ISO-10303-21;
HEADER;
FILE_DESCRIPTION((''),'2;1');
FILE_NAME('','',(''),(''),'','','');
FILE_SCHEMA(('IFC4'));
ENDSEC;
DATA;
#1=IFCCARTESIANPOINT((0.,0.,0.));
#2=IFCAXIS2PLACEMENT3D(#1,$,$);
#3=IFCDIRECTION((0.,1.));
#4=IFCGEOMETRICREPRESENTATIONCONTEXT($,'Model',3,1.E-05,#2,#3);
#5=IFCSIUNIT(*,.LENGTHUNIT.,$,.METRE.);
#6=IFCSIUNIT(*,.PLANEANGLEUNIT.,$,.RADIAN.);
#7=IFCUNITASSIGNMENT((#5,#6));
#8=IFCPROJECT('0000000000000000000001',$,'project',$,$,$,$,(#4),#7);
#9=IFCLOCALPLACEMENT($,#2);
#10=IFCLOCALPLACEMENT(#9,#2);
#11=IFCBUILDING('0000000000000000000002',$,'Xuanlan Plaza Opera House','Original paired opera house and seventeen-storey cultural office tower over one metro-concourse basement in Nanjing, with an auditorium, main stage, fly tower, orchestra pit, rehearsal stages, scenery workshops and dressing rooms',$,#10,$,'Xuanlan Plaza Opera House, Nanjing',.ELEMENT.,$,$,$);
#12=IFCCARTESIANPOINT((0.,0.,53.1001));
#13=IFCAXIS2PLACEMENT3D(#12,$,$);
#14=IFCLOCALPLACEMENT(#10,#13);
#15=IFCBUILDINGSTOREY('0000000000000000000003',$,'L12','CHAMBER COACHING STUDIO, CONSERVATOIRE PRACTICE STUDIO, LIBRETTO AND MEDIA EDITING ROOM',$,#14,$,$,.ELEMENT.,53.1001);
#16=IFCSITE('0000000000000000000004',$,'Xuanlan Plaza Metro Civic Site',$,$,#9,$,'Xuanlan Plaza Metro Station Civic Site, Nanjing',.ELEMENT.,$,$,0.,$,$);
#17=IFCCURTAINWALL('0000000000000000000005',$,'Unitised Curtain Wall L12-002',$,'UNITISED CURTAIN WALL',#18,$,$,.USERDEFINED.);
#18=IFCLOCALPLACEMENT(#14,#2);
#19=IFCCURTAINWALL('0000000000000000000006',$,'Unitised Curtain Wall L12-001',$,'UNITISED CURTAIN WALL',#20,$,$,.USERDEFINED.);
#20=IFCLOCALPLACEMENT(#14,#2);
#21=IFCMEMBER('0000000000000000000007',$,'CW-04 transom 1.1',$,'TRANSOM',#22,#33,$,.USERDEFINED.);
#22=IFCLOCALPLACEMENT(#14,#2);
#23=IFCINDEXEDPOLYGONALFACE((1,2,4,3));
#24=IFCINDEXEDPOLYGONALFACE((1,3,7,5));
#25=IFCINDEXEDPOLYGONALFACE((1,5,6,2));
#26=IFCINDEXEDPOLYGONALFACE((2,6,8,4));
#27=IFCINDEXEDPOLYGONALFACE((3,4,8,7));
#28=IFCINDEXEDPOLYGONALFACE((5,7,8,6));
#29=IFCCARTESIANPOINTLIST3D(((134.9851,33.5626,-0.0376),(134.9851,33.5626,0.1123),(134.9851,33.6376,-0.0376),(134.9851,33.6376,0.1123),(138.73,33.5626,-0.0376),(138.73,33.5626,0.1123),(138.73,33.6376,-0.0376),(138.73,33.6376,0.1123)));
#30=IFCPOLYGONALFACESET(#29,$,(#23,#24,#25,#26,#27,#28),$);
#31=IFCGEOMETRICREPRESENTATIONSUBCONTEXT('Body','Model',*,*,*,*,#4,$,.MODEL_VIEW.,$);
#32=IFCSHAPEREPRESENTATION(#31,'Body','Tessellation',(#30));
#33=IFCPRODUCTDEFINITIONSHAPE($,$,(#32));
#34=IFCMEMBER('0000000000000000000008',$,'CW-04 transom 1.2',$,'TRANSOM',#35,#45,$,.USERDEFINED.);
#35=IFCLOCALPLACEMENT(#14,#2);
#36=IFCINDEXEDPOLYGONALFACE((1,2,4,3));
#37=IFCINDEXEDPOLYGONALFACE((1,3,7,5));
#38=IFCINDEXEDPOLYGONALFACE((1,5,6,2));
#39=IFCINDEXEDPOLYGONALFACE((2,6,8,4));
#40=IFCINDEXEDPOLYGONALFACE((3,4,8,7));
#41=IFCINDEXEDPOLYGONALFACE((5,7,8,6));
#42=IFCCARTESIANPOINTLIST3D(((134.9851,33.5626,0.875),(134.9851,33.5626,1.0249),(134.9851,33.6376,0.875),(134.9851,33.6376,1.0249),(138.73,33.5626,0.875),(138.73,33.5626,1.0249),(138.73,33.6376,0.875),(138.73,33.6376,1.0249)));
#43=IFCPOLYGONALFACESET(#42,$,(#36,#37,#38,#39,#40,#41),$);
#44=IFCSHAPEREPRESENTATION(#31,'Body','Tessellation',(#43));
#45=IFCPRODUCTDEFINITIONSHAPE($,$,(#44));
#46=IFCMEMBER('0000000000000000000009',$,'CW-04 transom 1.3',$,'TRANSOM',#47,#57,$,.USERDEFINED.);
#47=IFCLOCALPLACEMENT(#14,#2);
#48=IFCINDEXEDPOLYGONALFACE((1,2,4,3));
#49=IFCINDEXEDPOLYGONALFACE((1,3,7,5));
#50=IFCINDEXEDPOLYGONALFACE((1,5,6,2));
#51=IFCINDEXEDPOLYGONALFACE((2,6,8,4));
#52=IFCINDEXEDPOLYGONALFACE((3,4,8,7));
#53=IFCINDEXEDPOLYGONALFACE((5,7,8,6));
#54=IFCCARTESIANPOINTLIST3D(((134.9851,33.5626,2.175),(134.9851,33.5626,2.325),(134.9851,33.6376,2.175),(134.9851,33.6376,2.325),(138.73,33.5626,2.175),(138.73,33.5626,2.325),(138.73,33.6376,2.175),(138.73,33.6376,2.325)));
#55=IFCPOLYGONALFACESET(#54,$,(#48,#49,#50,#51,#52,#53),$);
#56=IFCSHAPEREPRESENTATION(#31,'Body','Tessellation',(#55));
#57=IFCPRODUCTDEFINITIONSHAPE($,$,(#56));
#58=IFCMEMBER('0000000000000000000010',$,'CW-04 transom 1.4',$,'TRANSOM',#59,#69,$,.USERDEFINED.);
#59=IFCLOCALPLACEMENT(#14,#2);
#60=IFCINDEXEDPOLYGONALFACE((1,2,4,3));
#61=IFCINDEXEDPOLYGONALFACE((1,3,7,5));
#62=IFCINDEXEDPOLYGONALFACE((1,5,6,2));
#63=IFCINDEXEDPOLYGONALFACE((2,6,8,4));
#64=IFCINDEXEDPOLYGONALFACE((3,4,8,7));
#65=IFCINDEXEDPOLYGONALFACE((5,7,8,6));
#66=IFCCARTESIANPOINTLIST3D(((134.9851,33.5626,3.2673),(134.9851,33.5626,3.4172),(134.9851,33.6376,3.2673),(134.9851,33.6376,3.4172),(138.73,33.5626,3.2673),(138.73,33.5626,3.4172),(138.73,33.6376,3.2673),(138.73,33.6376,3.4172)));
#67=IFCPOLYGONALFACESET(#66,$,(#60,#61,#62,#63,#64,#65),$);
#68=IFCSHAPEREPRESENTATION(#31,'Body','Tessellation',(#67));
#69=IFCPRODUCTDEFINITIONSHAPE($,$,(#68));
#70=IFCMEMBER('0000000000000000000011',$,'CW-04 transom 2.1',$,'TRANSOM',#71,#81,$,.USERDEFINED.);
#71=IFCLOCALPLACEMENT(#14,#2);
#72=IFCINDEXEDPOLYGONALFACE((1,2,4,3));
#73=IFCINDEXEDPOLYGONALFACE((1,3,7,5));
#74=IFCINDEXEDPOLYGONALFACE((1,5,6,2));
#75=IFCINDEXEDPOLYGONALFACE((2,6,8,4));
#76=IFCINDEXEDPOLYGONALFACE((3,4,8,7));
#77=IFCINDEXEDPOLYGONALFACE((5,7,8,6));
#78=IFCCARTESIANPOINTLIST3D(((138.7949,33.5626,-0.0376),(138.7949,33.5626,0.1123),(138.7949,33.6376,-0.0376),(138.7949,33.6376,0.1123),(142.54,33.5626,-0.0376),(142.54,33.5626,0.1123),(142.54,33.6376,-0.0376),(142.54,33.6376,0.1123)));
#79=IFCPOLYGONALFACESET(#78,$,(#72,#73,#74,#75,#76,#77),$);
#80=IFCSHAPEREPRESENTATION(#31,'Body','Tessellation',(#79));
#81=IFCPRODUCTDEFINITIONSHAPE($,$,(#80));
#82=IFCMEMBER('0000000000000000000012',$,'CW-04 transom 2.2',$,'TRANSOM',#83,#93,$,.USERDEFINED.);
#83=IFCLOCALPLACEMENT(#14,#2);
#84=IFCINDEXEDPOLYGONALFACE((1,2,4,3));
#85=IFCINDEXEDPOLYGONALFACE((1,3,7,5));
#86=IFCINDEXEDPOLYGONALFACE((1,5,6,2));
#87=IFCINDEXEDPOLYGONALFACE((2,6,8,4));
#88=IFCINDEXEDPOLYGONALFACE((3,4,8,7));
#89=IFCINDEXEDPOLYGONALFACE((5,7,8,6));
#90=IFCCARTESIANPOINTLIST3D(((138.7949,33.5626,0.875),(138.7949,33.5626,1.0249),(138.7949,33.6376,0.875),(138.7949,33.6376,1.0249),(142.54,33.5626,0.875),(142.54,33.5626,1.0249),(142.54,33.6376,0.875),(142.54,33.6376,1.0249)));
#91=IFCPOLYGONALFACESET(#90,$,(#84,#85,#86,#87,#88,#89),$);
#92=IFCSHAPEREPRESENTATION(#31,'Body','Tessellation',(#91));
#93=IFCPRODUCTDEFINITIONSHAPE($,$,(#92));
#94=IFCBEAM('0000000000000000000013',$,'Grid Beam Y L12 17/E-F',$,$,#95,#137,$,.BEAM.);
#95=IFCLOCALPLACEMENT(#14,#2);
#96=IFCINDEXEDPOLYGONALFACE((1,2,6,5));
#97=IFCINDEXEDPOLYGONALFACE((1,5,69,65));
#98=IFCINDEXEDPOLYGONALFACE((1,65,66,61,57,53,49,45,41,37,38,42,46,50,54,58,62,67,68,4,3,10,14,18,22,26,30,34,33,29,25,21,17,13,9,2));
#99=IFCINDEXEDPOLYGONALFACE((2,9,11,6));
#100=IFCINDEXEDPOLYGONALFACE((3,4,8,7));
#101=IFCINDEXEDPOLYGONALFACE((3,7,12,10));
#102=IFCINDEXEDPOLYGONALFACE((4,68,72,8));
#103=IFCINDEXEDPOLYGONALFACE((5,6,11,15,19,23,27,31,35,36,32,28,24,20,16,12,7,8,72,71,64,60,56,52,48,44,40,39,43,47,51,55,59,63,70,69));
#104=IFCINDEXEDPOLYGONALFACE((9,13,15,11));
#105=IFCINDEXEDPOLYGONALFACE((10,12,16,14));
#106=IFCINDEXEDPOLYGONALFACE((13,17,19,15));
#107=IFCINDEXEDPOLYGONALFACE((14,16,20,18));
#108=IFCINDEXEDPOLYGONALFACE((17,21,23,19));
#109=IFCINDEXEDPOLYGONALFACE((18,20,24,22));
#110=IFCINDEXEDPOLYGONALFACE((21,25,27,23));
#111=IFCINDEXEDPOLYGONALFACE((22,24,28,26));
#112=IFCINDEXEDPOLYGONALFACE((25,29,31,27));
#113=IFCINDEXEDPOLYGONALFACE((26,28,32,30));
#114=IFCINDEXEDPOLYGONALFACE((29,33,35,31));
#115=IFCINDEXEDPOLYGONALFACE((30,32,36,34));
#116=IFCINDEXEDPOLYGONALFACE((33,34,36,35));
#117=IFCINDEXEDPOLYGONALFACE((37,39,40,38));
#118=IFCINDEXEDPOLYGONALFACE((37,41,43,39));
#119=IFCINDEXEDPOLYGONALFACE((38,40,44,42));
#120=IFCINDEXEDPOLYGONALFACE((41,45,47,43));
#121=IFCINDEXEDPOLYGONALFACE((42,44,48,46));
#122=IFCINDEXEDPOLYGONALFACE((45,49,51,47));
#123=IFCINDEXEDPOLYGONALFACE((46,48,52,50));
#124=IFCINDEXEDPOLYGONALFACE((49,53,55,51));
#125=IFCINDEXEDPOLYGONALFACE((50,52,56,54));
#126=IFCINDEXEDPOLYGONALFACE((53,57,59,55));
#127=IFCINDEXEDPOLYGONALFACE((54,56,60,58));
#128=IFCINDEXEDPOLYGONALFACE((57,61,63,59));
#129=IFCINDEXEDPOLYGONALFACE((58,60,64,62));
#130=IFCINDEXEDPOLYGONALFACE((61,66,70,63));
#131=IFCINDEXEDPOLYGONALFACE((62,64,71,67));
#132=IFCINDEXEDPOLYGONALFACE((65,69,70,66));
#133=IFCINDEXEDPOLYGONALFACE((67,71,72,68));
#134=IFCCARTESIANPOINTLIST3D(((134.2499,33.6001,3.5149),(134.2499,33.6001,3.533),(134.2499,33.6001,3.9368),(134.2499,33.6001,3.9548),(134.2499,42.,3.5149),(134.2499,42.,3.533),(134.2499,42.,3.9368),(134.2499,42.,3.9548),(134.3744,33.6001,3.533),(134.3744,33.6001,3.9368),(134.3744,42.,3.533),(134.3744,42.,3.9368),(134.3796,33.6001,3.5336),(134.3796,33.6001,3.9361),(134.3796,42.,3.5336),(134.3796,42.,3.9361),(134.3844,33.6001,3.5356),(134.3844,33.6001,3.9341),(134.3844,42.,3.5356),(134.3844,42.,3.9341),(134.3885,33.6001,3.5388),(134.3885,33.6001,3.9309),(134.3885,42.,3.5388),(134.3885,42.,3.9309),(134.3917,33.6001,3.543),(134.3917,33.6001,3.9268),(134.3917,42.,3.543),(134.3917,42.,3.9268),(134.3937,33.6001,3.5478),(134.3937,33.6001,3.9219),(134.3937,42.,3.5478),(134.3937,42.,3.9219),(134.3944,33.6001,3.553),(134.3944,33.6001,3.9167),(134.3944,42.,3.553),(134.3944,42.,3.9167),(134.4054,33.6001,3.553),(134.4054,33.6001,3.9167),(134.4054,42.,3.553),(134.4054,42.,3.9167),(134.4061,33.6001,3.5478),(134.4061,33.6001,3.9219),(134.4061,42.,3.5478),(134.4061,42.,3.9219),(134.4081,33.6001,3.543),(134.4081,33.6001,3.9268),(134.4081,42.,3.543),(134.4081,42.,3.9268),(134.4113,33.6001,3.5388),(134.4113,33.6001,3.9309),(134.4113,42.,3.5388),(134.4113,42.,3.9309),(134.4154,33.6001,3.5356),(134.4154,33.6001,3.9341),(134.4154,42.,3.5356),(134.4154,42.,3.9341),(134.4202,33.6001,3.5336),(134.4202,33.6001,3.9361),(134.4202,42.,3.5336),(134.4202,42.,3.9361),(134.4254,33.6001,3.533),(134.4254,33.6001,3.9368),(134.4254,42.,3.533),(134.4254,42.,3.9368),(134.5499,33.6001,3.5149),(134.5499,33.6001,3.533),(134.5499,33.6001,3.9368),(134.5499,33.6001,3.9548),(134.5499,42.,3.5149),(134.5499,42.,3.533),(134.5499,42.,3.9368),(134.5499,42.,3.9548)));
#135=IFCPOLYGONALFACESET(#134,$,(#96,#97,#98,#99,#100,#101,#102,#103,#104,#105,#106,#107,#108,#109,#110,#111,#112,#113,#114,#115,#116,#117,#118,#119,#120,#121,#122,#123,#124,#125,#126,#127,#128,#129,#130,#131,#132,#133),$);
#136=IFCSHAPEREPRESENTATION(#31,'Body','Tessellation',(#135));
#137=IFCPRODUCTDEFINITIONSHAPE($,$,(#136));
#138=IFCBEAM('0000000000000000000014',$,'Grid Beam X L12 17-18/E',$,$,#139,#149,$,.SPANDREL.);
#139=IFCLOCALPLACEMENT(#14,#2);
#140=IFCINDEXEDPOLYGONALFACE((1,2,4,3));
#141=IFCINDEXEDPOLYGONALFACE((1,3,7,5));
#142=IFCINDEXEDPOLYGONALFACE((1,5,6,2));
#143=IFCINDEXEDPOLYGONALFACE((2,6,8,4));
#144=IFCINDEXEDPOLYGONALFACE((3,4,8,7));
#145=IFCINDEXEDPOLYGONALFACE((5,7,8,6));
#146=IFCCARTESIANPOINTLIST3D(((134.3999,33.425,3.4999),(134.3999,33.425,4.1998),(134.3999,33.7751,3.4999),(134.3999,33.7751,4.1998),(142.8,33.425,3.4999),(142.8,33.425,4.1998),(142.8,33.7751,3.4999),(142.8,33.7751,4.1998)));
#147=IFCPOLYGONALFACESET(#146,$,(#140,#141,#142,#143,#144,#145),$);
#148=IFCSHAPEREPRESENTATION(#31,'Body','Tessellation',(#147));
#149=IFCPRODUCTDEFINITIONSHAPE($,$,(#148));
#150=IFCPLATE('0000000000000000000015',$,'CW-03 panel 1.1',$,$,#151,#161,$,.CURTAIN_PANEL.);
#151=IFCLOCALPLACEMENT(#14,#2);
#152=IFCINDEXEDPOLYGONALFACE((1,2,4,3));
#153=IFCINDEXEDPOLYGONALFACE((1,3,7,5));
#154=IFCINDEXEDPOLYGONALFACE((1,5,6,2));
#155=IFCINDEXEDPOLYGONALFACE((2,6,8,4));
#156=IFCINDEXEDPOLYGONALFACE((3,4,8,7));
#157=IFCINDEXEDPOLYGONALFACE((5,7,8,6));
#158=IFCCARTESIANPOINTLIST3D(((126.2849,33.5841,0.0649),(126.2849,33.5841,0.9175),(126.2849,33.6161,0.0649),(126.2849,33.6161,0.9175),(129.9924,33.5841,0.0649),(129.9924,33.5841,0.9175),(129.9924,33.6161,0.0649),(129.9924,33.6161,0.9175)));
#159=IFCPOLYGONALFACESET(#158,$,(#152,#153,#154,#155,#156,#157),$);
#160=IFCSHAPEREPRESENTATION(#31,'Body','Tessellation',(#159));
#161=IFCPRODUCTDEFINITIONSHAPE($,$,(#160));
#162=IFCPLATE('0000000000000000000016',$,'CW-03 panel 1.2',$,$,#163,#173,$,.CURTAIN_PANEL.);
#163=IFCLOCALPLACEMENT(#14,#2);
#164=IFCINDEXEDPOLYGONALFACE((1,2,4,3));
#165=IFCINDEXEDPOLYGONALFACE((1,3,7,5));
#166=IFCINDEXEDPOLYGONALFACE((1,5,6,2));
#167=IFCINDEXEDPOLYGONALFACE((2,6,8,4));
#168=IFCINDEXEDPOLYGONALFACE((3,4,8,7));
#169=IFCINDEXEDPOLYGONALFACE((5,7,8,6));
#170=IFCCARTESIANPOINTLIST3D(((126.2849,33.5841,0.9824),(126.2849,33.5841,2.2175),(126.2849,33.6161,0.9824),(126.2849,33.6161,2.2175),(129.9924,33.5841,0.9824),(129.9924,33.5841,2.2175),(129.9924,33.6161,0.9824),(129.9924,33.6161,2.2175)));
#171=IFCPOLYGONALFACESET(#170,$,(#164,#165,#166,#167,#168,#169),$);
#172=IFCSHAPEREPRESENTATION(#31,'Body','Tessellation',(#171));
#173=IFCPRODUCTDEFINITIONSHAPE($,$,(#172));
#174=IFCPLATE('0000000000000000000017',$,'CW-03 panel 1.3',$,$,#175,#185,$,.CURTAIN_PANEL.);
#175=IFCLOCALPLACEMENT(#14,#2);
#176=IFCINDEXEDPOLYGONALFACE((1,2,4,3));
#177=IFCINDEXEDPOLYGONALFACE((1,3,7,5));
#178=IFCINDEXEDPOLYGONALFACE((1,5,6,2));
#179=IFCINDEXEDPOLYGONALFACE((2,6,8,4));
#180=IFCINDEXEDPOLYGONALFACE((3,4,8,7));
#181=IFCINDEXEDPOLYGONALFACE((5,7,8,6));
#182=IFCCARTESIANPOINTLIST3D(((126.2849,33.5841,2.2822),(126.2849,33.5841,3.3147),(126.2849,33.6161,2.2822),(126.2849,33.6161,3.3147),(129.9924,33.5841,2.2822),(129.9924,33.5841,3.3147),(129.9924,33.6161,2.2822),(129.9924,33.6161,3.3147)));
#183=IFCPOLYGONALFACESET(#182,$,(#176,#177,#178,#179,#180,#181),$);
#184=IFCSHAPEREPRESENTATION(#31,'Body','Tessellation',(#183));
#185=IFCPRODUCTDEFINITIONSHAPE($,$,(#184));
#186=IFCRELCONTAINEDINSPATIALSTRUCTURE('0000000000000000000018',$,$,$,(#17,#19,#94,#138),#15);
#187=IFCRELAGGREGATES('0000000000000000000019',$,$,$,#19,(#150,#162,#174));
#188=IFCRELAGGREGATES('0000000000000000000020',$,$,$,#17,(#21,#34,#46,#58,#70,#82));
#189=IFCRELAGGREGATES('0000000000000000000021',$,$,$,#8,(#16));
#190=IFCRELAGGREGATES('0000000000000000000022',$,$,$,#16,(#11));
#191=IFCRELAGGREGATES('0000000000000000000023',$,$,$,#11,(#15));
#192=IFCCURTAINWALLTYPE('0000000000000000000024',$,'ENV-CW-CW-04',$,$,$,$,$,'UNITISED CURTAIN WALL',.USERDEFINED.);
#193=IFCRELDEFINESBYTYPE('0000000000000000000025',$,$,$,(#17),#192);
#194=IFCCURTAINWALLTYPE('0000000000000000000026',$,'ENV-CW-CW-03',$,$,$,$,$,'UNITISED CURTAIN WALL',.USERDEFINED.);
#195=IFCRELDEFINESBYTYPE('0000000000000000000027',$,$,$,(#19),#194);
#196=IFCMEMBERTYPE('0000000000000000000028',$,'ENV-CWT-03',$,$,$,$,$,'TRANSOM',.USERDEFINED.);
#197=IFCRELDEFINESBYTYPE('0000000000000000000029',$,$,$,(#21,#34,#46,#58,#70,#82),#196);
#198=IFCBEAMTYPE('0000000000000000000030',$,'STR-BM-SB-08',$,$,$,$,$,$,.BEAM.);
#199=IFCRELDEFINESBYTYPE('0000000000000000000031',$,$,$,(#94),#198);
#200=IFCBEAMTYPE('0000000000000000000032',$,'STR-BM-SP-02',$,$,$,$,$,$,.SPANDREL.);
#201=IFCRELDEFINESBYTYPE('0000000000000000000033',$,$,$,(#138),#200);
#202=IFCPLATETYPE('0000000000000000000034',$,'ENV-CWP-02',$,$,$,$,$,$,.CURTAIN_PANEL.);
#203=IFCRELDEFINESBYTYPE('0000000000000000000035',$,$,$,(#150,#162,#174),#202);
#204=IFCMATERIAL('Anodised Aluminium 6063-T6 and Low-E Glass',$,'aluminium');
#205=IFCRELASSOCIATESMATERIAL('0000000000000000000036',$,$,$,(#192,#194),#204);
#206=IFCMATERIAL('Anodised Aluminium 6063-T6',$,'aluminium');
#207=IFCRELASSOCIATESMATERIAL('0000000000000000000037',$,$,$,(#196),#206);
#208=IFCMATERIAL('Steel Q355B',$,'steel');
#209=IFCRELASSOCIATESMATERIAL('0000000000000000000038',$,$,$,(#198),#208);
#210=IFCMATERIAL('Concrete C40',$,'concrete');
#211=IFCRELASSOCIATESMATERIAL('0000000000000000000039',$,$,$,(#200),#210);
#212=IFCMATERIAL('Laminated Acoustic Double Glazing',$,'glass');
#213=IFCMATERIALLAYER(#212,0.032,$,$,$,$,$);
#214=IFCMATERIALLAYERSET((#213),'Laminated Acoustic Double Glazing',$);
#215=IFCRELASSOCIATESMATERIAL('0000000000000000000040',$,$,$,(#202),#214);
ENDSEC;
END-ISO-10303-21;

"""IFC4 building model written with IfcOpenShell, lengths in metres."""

from ifc_helpers import new_model, si_unit, direction, frame, origin, origin_2d, place, context, subcontext, project, spatial, rectangle, i_section, extrude, material, layer, layer_set, material_profile, profile_set, type_object, element, aggregate, save


model = new_model("IFC4")

# Units and contexts
model_context = context("Model", 3, precision=1e-05, world=origin(), true_north=direction((0.0, 1.0)))
body_context = subcontext(model_context, "Body", "Model", "MODEL_VIEW")
ifc_project = project(units=[si_unit("LENGTHUNIT", "METRE"), si_unit("PLANEANGLEUNIT", "RADIAN")], contexts=[model_context])

# Site, building, storey
site_placement = place(None, origin())
site = spatial("IfcSite", under=ifc_project, at=site_placement, Name="Xuanlan Plaza Metro Civic Site", LongName="Xuanlan Plaza Metro Station Civic Site, Nanjing", CompositionType="ELEMENT", RefElevation=0.0)
building_placement = place(site_placement, origin())
building = spatial("IfcBuilding", under=site, at=building_placement, Name="Xuanlan Plaza Opera House", Description="Original paired opera house and seventeen-storey cultural office tower over one metro-concourse basement in Nanjing, with an auditorium, main stage, fly tower, orchestra pit, rehearsal stages, scenery workshops and dressing rooms", LongName="Xuanlan Plaza Opera House, Nanjing", CompositionType="ELEMENT")
storey_placement = place(building_placement, frame((0.0, 0.0, 53.1001)))
storey = spatial("IfcBuildingStorey", under=building, at=storey_placement, Name="L12", Description="CHAMBER COACHING STUDIO, CONSERVATOIRE PRACTICE STUDIO, LIBRETTO AND MEDIA EDITING ROOM", CompositionType="ELEMENT", Elevation=53.1001)

# Curtain walls
ifc_material_1 = material(Name="Anodised Aluminium 6063-T6 and Low-E Glass", Category="aluminium")
curtain_wall_type_1 = type_object("IfcCurtainWallType", Name="ENV-CW-CW-04", ElementType="UNITISED CURTAIN WALL", PredefinedType="USERDEFINED", material=ifc_material_1)
curtain_wall_1_placement = place(storey_placement, origin())
curtain_wall_1 = element("IfcCurtainWall", 1, at=curtain_wall_1_placement, inside=storey, type_object=curtain_wall_type_1, Name="Unitised Curtain Wall L12-002", ObjectType="UNITISED CURTAIN WALL", PredefinedType="USERDEFINED")
ifc_material_2 = material(Name="Anodised Aluminium 6063-T6", Category="aluminium")
curtain_wall_type_2 = type_object("IfcCurtainWallType", Name="ENV-CW-CW-03", ElementType="UNITISED CURTAIN WALL", PredefinedType="USERDEFINED", material=ifc_material_1)
curtain_wall_2_placement = place(storey_placement, origin())
curtain_wall_2 = element("IfcCurtainWall", 2, at=curtain_wall_2_placement, inside=storey, type_object=curtain_wall_type_2, Name="Unitised Curtain Wall L12-001", ObjectType="UNITISED CURTAIN WALL", PredefinedType="USERDEFINED")

# Members
ifc_material_profile_1 = material_profile(ifc_material_2, rectangle(XDim=0.075, YDim=0.1499, at=origin_2d()), Name="ALU-T 75x150")
ifc_profile_set_1 = profile_set([ifc_material_profile_1], Name="Anodised Aluminium 6063-T6")
member_type_1 = type_object("IfcMemberType", Name="ENV-CWT-03", ElementType="TRANSOM", PredefinedType="USERDEFINED", material=ifc_profile_set_1)
member_1_placement = place(storey_placement, frame((134.9851, 33.6001, 0.0374), z_axis=(1.0, 0.0, 0.0), x_axis=(0.0, 1.0, 0.0)))
member_1 = element("IfcMember", 3, at=member_1_placement, type_object=member_type_1, Name="CW-04 transom 1.1", ObjectType="TRANSOM", PredefinedType="USERDEFINED", context=body_context, shape_type="SweptSolid", body=[
    extrude(rectangle(XDim=0.075, YDim=0.1499, at=origin_2d()), origin(), (0.0, 0.0, 1.0), 3.7449),
])
member_2_placement = place(storey_placement, frame((134.9851, 33.6001, 0.95), z_axis=(1.0, 0.0, 0.0), x_axis=(0.0, 1.0, 0.0)))
member_2 = element("IfcMember", 4, at=member_2_placement, type_object=member_type_1, Name="CW-04 transom 1.2", ObjectType="TRANSOM", PredefinedType="USERDEFINED", context=body_context, shape_type="SweptSolid", body=[
    extrude(rectangle(XDim=0.075, YDim=0.1499, at=origin_2d()), origin(), (0.0, 0.0, 1.0), 3.7449),
])
member_3_placement = place(storey_placement, frame((134.9851, 33.6001, 2.25), z_axis=(1.0, 0.0, 0.0), x_axis=(0.0, 1.0, 0.0)))
member_3 = element("IfcMember", 5, at=member_3_placement, type_object=member_type_1, Name="CW-04 transom 1.3", ObjectType="TRANSOM", PredefinedType="USERDEFINED", context=body_context, shape_type="SweptSolid", body=[
    extrude(rectangle(XDim=0.075, YDim=0.1499, at=origin_2d()), origin(), (0.0, 0.0, 1.0), 3.7449),
])
member_4_placement = place(storey_placement, frame((134.9851, 33.6001, 3.3423), z_axis=(1.0, 0.0, 0.0), x_axis=(0.0, 1.0, 0.0)))
member_4 = element("IfcMember", 6, at=member_4_placement, type_object=member_type_1, Name="CW-04 transom 1.4", ObjectType="TRANSOM", PredefinedType="USERDEFINED", context=body_context, shape_type="SweptSolid", body=[
    extrude(rectangle(XDim=0.075, YDim=0.1499, at=origin_2d()), origin(), (0.0, 0.0, 1.0), 3.7449),
])
member_5_placement = place(storey_placement, frame((138.7949, 33.6001, 0.0374), z_axis=(1.0, 0.0, 0.0), x_axis=(0.0, 1.0, 0.0)))
member_5 = element("IfcMember", 7, at=member_5_placement, type_object=member_type_1, Name="CW-04 transom 2.1", ObjectType="TRANSOM", PredefinedType="USERDEFINED", context=body_context, shape_type="SweptSolid", body=[
    extrude(rectangle(XDim=0.075, YDim=0.1499, at=origin_2d()), origin(), (0.0, 0.0, 1.0), 3.7451),
])
member_6_placement = place(storey_placement, frame((138.7949, 33.6001, 0.95), z_axis=(1.0, 0.0, 0.0), x_axis=(0.0, 1.0, 0.0)))
member_6 = element("IfcMember", 8, at=member_6_placement, type_object=member_type_1, Name="CW-04 transom 2.2", ObjectType="TRANSOM", PredefinedType="USERDEFINED", context=body_context, shape_type="SweptSolid", body=[
    extrude(rectangle(XDim=0.075, YDim=0.1499, at=origin_2d()), origin(), (0.0, 0.0, 1.0), 3.7451),
])

# Beams
ifc_material_3 = material(Name="Steel Q355B", Category="steel")
ifc_material_profile_2 = material_profile(ifc_material_3, i_section(OverallWidth=0.3, OverallDepth=0.4399, WebThickness=0.011, FlangeThickness=0.0181, FilletRadius=0.02, at=origin_2d()), Name="HM 440x300x11x18")
ifc_profile_set_2 = profile_set([ifc_material_profile_2], Name="Steel Q355B")
beam_type_1 = type_object("IfcBeamType", Name="STR-BM-SB-08", PredefinedType="BEAM", material=ifc_profile_set_2)
beam_1_placement = place(storey_placement, frame((134.3999, 33.6001, 3.7349), z_axis=(0.0, 1.0, 0.0), x_axis=(-1.0, 0.0, 0.0)))
element("IfcBeam", 9, at=beam_1_placement, inside=storey, type_object=beam_type_1, Name="Grid Beam Y L12 17/E-F", PredefinedType="BEAM", context=body_context, shape_type="SweptSolid", body=[
    extrude(i_section(OverallWidth=0.3, OverallDepth=0.4399, WebThickness=0.011, FlangeThickness=0.0181, FilletRadius=0.02, at=origin_2d()), origin(), (0.0, 0.0, 1.0), 8.3999),
])
ifc_material_4 = material(Name="Concrete C40", Category="concrete")
ifc_material_profile_3 = material_profile(ifc_material_4, rectangle(XDim=0.3501, YDim=0.7, at=origin_2d()), Name="RC-SPD 350x700")
ifc_profile_set_3 = profile_set([ifc_material_profile_3], Name="Concrete C40")
beam_type_2 = type_object("IfcBeamType", Name="STR-BM-SP-02", PredefinedType="SPANDREL", material=ifc_profile_set_3)
beam_2_placement = place(storey_placement, frame((134.3999, 33.6001, 3.8499), z_axis=(1.0, 0.0, 0.0), x_axis=(0.0, 1.0, 0.0)))
element("IfcBeam", 10, at=beam_2_placement, inside=storey, type_object=beam_type_2, Name="Grid Beam X L12 17-18/E", PredefinedType="SPANDREL", context=body_context, shape_type="SweptSolid", body=[
    extrude(rectangle(XDim=0.3501, YDim=0.7, at=origin_2d()), origin(), (0.0, 0.0, 1.0), 8.4001),
])

# Plates
ifc_material_5 = material(Name="Laminated Acoustic Double Glazing", Category="glass")
ifc_layer_1 = layer(ifc_material_5, 0.032)
ifc_layer_set_1 = layer_set([ifc_layer_1], Name="Laminated Acoustic Double Glazing")
plate_type_1 = type_object("IfcPlateType", Name="ENV-CWP-02", PredefinedType="CURTAIN_PANEL", material=ifc_layer_set_1)
plate_1_placement = place(storey_placement, frame((128.1387, 33.6001, 0.0649), z_axis=(0.0, 0.0, 1.0), x_axis=(1.0, 0.0, 0.0)))
plate_1 = element("IfcPlate", 11, at=plate_1_placement, type_object=plate_type_1, Name="CW-03 panel 1.1", PredefinedType="CURTAIN_PANEL", context=body_context, shape_type="SweptSolid", body=[
    extrude(rectangle(XDim=3.7075, YDim=0.032, at=origin_2d()), origin(), (0.0, 0.0, 1.0), 0.8525),
])
plate_2_placement = place(storey_placement, frame((128.1387, 33.6001, 0.9824), z_axis=(0.0, 0.0, 1.0), x_axis=(1.0, 0.0, 0.0)))
plate_2 = element("IfcPlate", 12, at=plate_2_placement, type_object=plate_type_1, Name="CW-03 panel 1.2", PredefinedType="CURTAIN_PANEL", context=body_context, shape_type="SweptSolid", body=[
    extrude(rectangle(XDim=3.7075, YDim=0.032, at=origin_2d()), origin(), (0.0, 0.0, 1.0), 1.2351),
])
plate_3_placement = place(storey_placement, frame((128.1387, 33.6001, 2.2822), z_axis=(0.0, 0.0, 1.0), x_axis=(1.0, 0.0, 0.0)))
plate_3 = element("IfcPlate", 13, at=plate_3_placement, type_object=plate_type_1, Name="CW-03 panel 1.3", PredefinedType="CURTAIN_PANEL", context=body_context, shape_type="SweptSolid", body=[
    extrude(rectangle(XDim=3.7075, YDim=0.032, at=origin_2d()), origin(), (0.0, 0.0, 1.0), 1.0325),
])
aggregate(curtain_wall_2, [plate_1, plate_2, plate_3])
aggregate(curtain_wall_1, [member_1, member_2, member_3, member_4, member_5, member_6])

save(model, "model.ifc")
